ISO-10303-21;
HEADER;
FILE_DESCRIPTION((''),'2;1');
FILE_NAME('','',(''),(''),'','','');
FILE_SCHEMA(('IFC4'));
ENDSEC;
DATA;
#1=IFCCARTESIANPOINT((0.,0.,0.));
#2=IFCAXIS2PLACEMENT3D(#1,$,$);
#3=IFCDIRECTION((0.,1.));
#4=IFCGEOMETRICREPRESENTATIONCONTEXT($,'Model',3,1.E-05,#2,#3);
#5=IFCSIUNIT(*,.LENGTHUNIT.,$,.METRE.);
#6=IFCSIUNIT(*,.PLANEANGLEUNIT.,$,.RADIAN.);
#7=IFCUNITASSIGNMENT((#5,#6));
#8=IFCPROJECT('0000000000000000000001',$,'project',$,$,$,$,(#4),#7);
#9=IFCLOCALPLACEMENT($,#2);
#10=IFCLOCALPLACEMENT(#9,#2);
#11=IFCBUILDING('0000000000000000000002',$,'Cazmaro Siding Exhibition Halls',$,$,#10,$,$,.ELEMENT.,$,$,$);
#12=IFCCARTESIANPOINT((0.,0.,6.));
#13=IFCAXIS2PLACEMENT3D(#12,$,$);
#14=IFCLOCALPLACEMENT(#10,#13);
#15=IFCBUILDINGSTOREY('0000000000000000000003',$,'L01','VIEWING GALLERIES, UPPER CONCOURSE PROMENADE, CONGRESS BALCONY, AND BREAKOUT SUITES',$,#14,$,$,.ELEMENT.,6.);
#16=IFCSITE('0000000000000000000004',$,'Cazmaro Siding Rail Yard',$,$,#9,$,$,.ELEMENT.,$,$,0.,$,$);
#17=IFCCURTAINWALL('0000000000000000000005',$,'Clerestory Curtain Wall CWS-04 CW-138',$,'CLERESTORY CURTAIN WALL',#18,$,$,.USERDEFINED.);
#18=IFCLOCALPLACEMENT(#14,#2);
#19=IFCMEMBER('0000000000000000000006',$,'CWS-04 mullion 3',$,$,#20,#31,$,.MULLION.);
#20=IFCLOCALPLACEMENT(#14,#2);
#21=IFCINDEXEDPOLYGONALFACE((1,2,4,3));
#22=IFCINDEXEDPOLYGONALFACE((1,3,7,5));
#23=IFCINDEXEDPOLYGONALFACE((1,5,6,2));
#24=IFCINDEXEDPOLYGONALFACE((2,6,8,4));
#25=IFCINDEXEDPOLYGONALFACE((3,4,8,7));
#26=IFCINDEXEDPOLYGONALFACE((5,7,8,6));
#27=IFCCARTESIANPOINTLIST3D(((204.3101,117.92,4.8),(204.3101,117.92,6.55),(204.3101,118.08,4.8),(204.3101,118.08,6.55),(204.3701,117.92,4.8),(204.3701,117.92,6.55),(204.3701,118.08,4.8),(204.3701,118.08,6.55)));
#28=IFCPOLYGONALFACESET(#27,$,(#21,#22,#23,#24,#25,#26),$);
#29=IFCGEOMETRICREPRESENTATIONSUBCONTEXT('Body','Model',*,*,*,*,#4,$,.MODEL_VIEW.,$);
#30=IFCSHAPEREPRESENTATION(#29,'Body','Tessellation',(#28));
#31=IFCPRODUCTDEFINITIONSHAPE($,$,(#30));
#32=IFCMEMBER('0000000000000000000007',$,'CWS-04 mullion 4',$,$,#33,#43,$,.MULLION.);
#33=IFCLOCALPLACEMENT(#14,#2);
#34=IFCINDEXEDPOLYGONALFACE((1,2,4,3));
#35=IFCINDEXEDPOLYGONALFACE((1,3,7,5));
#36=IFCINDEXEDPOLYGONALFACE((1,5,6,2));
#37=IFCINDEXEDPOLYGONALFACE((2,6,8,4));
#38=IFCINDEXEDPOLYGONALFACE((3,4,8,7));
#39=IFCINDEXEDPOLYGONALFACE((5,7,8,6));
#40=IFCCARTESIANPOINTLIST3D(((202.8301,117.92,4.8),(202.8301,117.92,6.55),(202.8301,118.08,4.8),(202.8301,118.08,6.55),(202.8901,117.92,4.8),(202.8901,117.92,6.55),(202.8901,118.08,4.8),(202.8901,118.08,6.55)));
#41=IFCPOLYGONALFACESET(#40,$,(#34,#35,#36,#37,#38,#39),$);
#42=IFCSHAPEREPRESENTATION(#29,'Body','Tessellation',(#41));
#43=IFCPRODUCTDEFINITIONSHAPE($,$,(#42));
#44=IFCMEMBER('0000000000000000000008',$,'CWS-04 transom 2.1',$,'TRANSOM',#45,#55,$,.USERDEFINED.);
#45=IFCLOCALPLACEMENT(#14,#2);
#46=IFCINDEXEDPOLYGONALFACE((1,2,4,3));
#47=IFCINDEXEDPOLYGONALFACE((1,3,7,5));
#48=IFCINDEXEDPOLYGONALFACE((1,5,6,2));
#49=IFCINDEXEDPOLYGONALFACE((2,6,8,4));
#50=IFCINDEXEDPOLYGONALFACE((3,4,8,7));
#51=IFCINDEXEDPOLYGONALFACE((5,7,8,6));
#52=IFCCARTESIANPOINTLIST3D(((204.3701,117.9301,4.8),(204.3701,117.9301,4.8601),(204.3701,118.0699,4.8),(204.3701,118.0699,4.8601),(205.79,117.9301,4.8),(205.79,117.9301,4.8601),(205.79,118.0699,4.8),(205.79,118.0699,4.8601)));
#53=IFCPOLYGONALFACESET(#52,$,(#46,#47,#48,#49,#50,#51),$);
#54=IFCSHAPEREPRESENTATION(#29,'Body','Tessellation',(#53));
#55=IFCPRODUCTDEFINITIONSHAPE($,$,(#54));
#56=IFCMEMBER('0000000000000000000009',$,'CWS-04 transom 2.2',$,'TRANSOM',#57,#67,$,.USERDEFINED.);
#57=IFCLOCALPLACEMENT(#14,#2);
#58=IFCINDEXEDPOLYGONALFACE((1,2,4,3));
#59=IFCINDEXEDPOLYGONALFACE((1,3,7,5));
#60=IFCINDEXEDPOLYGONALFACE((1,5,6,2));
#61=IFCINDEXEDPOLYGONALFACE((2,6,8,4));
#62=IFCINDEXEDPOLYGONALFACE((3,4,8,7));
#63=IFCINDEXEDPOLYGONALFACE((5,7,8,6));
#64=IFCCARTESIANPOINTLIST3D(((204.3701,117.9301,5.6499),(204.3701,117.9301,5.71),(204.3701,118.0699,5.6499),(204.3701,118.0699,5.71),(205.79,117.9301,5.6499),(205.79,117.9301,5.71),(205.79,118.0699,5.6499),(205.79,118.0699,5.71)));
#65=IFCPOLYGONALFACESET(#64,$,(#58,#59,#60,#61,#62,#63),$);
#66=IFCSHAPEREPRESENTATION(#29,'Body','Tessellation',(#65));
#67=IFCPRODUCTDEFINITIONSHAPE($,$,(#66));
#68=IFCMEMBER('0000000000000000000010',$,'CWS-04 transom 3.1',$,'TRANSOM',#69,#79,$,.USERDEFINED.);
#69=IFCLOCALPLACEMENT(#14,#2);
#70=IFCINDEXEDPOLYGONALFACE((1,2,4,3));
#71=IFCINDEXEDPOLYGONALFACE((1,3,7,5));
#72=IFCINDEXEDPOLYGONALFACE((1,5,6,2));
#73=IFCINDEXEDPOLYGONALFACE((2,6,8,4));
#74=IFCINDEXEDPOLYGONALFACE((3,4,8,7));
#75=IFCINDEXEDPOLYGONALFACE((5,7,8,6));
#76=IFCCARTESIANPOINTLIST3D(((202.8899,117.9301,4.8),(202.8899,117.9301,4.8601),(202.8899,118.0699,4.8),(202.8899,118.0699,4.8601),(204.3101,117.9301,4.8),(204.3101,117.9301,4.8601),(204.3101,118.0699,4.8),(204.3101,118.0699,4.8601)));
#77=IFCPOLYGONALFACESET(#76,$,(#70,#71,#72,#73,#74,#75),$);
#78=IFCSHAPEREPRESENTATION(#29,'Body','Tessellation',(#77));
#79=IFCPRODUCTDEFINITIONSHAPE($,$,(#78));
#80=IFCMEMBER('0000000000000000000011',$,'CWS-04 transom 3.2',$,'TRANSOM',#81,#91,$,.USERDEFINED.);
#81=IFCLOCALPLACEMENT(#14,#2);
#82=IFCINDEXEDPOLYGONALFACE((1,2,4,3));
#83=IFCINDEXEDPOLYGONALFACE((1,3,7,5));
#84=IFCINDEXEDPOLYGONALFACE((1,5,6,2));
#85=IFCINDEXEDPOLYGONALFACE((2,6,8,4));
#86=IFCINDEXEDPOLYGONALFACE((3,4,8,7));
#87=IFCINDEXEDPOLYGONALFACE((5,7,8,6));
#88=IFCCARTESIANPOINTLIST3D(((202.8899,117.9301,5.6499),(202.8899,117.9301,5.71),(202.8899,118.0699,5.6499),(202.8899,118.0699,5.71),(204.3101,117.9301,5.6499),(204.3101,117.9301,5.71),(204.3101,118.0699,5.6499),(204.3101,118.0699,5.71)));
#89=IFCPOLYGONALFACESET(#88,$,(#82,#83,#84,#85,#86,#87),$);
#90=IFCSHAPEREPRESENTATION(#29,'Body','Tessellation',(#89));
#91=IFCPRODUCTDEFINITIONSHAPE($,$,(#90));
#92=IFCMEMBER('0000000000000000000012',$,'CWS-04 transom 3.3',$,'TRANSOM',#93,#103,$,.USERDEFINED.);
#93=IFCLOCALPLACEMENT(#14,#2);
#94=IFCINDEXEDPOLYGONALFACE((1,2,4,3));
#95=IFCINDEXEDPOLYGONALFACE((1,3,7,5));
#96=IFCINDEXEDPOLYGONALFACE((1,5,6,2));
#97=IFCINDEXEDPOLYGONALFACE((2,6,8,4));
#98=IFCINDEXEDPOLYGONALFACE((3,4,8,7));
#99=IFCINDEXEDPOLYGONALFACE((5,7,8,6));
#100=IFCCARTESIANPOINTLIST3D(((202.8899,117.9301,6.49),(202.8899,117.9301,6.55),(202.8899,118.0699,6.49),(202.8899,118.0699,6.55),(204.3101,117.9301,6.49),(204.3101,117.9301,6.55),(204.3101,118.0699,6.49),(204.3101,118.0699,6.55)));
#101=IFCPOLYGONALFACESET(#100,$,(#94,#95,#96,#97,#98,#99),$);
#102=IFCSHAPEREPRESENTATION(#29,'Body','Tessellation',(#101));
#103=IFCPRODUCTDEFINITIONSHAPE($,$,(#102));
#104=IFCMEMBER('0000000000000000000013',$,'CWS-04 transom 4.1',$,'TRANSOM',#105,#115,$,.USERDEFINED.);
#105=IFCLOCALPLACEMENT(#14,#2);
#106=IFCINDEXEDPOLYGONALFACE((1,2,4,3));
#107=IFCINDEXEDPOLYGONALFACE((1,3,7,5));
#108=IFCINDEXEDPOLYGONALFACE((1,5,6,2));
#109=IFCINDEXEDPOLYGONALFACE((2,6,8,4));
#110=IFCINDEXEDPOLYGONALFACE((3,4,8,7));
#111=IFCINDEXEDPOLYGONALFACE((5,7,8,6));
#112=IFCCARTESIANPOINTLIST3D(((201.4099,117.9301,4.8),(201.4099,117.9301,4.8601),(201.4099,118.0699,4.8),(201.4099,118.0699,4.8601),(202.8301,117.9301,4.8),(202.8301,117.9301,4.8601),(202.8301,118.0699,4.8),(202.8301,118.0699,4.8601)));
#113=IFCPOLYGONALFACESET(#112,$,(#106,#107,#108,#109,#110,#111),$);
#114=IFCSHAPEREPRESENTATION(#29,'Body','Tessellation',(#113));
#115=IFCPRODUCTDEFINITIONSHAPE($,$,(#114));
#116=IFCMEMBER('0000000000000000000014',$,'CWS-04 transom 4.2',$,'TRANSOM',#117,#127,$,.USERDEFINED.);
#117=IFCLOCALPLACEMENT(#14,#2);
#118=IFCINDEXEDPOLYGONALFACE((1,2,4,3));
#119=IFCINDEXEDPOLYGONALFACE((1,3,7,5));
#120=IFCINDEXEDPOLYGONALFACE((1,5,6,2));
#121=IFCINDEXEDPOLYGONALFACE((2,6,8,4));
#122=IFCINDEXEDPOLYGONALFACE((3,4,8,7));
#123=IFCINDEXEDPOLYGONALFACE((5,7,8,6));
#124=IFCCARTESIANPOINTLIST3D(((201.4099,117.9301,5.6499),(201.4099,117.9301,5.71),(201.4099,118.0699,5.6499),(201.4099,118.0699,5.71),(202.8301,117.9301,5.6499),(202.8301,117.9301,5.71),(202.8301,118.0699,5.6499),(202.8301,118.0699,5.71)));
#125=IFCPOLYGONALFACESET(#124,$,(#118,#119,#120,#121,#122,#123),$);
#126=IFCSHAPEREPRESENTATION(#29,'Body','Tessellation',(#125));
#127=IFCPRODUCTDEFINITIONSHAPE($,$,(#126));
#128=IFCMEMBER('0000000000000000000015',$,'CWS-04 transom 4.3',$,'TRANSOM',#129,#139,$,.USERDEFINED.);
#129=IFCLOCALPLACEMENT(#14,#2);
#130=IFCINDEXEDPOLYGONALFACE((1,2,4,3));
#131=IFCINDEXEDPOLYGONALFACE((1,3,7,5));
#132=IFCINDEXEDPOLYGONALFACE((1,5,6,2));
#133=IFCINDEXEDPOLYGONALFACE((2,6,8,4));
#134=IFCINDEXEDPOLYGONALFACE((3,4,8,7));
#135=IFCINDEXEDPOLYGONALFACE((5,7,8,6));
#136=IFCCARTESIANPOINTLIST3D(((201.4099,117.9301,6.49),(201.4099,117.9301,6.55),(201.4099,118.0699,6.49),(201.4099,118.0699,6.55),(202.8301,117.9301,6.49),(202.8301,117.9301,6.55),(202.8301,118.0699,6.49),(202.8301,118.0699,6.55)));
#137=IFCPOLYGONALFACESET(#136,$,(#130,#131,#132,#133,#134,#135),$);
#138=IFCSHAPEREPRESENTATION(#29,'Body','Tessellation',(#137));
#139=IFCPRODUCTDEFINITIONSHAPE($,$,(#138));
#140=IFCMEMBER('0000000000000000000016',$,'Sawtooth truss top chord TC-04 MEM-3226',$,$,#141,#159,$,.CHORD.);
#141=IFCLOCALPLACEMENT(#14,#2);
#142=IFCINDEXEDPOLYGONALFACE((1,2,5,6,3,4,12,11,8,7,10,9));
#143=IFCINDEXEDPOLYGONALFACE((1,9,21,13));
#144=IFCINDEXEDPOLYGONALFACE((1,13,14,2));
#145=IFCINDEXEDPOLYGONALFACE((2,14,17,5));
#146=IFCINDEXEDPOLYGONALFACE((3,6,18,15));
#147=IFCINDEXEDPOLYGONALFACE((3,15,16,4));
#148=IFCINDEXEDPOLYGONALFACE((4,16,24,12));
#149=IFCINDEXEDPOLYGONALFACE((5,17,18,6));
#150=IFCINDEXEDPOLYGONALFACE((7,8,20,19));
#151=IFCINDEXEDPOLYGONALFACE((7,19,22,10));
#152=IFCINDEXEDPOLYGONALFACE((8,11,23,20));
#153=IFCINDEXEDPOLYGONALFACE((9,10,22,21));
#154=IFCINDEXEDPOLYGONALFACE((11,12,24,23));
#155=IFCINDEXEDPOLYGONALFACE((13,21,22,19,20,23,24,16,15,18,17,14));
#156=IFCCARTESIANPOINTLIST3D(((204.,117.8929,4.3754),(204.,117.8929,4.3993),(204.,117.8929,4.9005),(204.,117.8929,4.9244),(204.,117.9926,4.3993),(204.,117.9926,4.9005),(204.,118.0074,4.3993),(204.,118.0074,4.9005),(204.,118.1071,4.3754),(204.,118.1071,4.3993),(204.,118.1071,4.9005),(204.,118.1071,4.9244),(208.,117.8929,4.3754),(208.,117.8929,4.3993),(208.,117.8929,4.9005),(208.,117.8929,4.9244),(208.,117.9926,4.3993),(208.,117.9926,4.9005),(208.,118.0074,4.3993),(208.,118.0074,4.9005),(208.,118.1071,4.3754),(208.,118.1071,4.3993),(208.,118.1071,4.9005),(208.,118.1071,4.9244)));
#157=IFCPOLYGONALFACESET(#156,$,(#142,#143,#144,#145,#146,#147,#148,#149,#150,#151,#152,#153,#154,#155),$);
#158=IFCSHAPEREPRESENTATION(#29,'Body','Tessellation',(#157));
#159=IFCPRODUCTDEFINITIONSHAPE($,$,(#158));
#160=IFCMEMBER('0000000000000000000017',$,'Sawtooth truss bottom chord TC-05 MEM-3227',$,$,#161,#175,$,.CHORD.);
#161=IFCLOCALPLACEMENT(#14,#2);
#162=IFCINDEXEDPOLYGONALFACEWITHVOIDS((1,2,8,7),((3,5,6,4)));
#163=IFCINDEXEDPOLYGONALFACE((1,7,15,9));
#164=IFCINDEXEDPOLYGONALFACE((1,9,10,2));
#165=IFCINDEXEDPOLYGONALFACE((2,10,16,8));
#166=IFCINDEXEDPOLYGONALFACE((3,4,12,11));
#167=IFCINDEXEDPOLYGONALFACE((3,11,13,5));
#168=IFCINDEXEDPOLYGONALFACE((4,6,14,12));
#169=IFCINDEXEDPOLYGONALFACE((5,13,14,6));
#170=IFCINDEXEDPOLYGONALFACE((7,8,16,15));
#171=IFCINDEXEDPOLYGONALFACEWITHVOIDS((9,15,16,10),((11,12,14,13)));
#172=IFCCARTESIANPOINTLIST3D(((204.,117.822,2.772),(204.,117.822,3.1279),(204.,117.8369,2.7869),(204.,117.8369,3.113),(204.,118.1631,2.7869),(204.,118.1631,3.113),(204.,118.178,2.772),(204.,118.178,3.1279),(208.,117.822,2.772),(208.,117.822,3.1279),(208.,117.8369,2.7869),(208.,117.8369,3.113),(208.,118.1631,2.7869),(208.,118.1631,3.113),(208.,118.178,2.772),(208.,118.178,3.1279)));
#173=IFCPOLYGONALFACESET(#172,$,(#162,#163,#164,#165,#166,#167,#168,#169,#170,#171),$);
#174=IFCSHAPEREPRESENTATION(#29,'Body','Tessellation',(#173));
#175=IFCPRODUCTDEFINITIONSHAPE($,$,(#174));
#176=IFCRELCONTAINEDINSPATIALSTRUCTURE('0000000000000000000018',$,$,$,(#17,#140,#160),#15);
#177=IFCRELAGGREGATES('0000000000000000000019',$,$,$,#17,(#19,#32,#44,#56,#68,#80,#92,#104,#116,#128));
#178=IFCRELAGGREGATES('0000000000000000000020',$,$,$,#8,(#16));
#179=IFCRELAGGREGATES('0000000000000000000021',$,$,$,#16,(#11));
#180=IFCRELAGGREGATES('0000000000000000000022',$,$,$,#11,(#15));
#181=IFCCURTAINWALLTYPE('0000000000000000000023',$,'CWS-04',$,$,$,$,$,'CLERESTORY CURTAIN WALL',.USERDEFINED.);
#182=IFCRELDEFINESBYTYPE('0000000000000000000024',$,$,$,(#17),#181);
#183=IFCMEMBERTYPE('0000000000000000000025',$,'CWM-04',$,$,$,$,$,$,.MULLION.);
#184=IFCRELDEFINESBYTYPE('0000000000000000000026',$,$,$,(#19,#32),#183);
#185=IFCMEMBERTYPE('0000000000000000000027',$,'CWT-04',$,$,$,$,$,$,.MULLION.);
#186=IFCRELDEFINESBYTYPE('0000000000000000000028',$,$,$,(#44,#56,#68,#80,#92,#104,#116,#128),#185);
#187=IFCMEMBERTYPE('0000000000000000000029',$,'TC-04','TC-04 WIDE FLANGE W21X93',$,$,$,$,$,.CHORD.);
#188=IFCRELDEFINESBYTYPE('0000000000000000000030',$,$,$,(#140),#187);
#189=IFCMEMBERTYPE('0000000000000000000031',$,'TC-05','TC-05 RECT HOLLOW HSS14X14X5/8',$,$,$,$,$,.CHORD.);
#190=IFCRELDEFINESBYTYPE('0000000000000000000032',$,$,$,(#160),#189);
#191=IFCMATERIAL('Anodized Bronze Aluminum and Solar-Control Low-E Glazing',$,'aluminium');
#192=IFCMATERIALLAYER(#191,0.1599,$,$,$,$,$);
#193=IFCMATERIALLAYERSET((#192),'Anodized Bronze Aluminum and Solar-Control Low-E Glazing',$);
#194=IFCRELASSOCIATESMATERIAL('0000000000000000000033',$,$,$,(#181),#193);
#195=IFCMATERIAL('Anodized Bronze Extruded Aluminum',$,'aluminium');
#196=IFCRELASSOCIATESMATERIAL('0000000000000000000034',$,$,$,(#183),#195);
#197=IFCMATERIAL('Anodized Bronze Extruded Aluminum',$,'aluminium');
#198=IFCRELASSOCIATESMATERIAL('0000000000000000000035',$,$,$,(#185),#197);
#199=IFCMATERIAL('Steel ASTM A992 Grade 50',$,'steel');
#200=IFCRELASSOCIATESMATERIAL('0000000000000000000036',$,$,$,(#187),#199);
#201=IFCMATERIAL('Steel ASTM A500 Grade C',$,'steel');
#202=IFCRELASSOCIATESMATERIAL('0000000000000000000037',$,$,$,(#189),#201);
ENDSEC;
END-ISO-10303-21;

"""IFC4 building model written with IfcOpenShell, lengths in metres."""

from ifc_helpers import new_model, si_unit, direction, frame, origin, origin_2d, place, context, subcontext, project, spatial, rectangle, hollow_rectangle, i_section, extrude, material, layer, layer_set, material_profile, profile_set, type_object, element, aggregate, save


model = new_model("IFC4")

# Units and contexts
model_context = context("Model", 3, precision=1e-05, world=origin(), true_north=direction((0.0, 1.0)))
body_context = subcontext(model_context, "Body", "Model", "MODEL_VIEW")
ifc_project = project(units=[si_unit("LENGTHUNIT", "METRE"), si_unit("PLANEANGLEUNIT", "RADIAN")], contexts=[model_context])

# Site, building, storey
site_placement = place(None, origin())
site = spatial("IfcSite", under=ifc_project, at=site_placement, Name="Cazmaro Siding Rail Yard", CompositionType="ELEMENT", RefElevation=0.0)
building_placement = place(site_placement, origin())
building = spatial("IfcBuilding", under=site, at=building_placement, Name="Cazmaro Siding Exhibition Halls", CompositionType="ELEMENT")
storey_placement = place(building_placement, frame((0.0, 0.0, 6.0)))
storey = spatial("IfcBuildingStorey", under=building, at=storey_placement, Name="L01", Description="VIEWING GALLERIES, UPPER CONCOURSE PROMENADE, CONGRESS BALCONY, AND BREAKOUT SUITES", CompositionType="ELEMENT", Elevation=6.0)

# Curtain wall, members
ifc_material_1 = material(Name="Anodized Bronze Aluminum and Solar-Control Low-E Glazing", Category="aluminium")
ifc_layer_1 = layer(ifc_material_1, 0.1599)
ifc_layer_set_1 = layer_set([ifc_layer_1], Name="Anodized Bronze Aluminum and Solar-Control Low-E Glazing")
curtain_wall_type = type_object("IfcCurtainWallType", Name="CWS-04", ElementType="CLERESTORY CURTAIN WALL", PredefinedType="USERDEFINED", material=ifc_layer_set_1)
curtain_wall_placement = place(storey_placement, origin())
curtain_wall = element("IfcCurtainWall", 1, at=curtain_wall_placement, inside=storey, type_object=curtain_wall_type, Name="Clerestory Curtain Wall CWS-04 CW-138", ObjectType="CLERESTORY CURTAIN WALL", PredefinedType="USERDEFINED")
ifc_material_2 = material(Name="Anodized Bronze Extruded Aluminum", Category="aluminium")
ifc_material_profile_1 = material_profile(ifc_material_2, rectangle(XDim=0.1599, YDim=0.0601, at=origin_2d()), Name="CWM-04")
ifc_profile_set_1 = profile_set([ifc_material_profile_1], Name="Anodized Bronze Extruded Aluminum")
member_type_1 = type_object("IfcMemberType", Name="CWM-04", PredefinedType="MULLION", material=ifc_profile_set_1)
member_1_placement = place(storey_placement, frame((204.3401, 118.0, 4.8), z_axis=(0.0, 0.0, 1.0), x_axis=(0.0, -1.0, 0.0)))
member_1 = element("IfcMember", 2, at=member_1_placement, type_object=member_type_1, Name="CWS-04 mullion 3", PredefinedType="MULLION", context=body_context, shape_type="SweptSolid", body=[
    extrude(rectangle(XDim=0.1599, YDim=0.0601, at=origin_2d()), origin(), (0.0, 0.0, 1.0), 1.75),
])
member_2_placement = place(storey_placement, frame((202.8601, 118.0, 4.8), z_axis=(0.0, 0.0, 1.0), x_axis=(0.0, -1.0, 0.0)))
member_2 = element("IfcMember", 3, at=member_2_placement, type_object=member_type_1, Name="CWS-04 mullion 4", PredefinedType="MULLION", context=body_context, shape_type="SweptSolid", body=[
    extrude(rectangle(XDim=0.1599, YDim=0.0601, at=origin_2d()), origin(), (0.0, 0.0, 1.0), 1.75),
])
ifc_material_3 = material(Name="Anodized Bronze Extruded Aluminum", Category="aluminium")
ifc_material_profile_2 = material_profile(ifc_material_3, rectangle(XDim=0.1399, YDim=0.0601, at=origin_2d()), Name="CWT-04")
ifc_profile_set_2 = profile_set([ifc_material_profile_2], Name="Anodized Bronze Extruded Aluminum")
member_type_2 = type_object("IfcMemberType", Name="CWT-04", PredefinedType="MULLION", material=ifc_profile_set_2)
member_3_placement = place(storey_placement, frame((205.79, 118.0, 4.8301), z_axis=(-1.0, 0.0, 0.0), x_axis=(0.0, -1.0, 0.0)))
member_3 = element("IfcMember", 4, at=member_3_placement, type_object=member_type_2, Name="CWS-04 transom 2.1", ObjectType="TRANSOM", PredefinedType="USERDEFINED", context=body_context, shape_type="SweptSolid", body=[
    extrude(rectangle(XDim=0.1399, YDim=0.0601, at=origin_2d()), origin(), (0.0, 0.0, 1.0), 1.4199),
])
member_4_placement = place(storey_placement, frame((205.79, 118.0, 5.6799), z_axis=(-1.0, 0.0, 0.0), x_axis=(0.0, -1.0, 0.0)))
member_4 = element("IfcMember", 5, at=member_4_placement, type_object=member_type_2, Name="CWS-04 transom 2.2", ObjectType="TRANSOM", PredefinedType="USERDEFINED", context=body_context, shape_type="SweptSolid", body=[
    extrude(rectangle(XDim=0.1399, YDim=0.0601, at=origin_2d()), origin(), (0.0, 0.0, 1.0), 1.4199),
])
member_5_placement = place(storey_placement, frame((204.3101, 118.0, 4.8301), z_axis=(-1.0, 0.0, 0.0), x_axis=(0.0, -1.0, 0.0)))
member_5 = element("IfcMember", 6, at=member_5_placement, type_object=member_type_2, Name="CWS-04 transom 3.1", ObjectType="TRANSOM", PredefinedType="USERDEFINED", context=body_context, shape_type="SweptSolid", body=[
    extrude(rectangle(XDim=0.1399, YDim=0.0601, at=origin_2d()), origin(), (0.0, 0.0, 1.0), 1.4202),
])
member_6_placement = place(storey_placement, frame((204.3101, 118.0, 5.6799), z_axis=(-1.0, 0.0, 0.0), x_axis=(0.0, -1.0, 0.0)))
member_6 = element("IfcMember", 7, at=member_6_placement, type_object=member_type_2, Name="CWS-04 transom 3.2", ObjectType="TRANSOM", PredefinedType="USERDEFINED", context=body_context, shape_type="SweptSolid", body=[
    extrude(rectangle(XDim=0.1399, YDim=0.0601, at=origin_2d()), origin(), (0.0, 0.0, 1.0), 1.4202),
])
member_7_placement = place(storey_placement, frame((204.3101, 118.0, 6.52), z_axis=(-1.0, 0.0, 0.0), x_axis=(0.0, -1.0, 0.0)))
member_7 = element("IfcMember", 8, at=member_7_placement, type_object=member_type_2, Name="CWS-04 transom 3.3", ObjectType="TRANSOM", PredefinedType="USERDEFINED", context=body_context, shape_type="SweptSolid", body=[
    extrude(rectangle(XDim=0.1399, YDim=0.0601, at=origin_2d()), origin(), (0.0, 0.0, 1.0), 1.4202),
])
member_8_placement = place(storey_placement, frame((202.8301, 118.0, 4.8301), z_axis=(-1.0, 0.0, 0.0), x_axis=(0.0, -1.0, 0.0)))
member_8 = element("IfcMember", 9, at=member_8_placement, type_object=member_type_2, Name="CWS-04 transom 4.1", ObjectType="TRANSOM", PredefinedType="USERDEFINED", context=body_context, shape_type="SweptSolid", body=[
    extrude(rectangle(XDim=0.1399, YDim=0.0601, at=origin_2d()), origin(), (0.0, 0.0, 1.0), 1.4202),
])
member_9_placement = place(storey_placement, frame((202.8301, 118.0, 5.6799), z_axis=(-1.0, 0.0, 0.0), x_axis=(0.0, -1.0, 0.0)))
member_9 = element("IfcMember", 10, at=member_9_placement, type_object=member_type_2, Name="CWS-04 transom 4.2", ObjectType="TRANSOM", PredefinedType="USERDEFINED", context=body_context, shape_type="SweptSolid", body=[
    extrude(rectangle(XDim=0.1399, YDim=0.0601, at=origin_2d()), origin(), (0.0, 0.0, 1.0), 1.4202),
])
member_10_placement = place(storey_placement, frame((202.8301, 118.0, 6.52), z_axis=(-1.0, 0.0, 0.0), x_axis=(0.0, -1.0, 0.0)))
member_10 = element("IfcMember", 11, at=member_10_placement, type_object=member_type_2, Name="CWS-04 transom 4.3", ObjectType="TRANSOM", PredefinedType="USERDEFINED", context=body_context, shape_type="SweptSolid", body=[
    extrude(rectangle(XDim=0.1399, YDim=0.0601, at=origin_2d()), origin(), (0.0, 0.0, 1.0), 1.4202),
])

# Members
ifc_material_4 = material(Name="Steel ASTM A992 Grade 50", Category="steel")
ifc_material_profile_3 = material_profile(ifc_material_4, i_section(OverallWidth=0.2141, OverallDepth=0.5491, WebThickness=0.0149, FlangeThickness=0.0239, at=origin_2d()), Name="W21X93")
ifc_profile_set_3 = profile_set([ifc_material_profile_3], Name="Steel ASTM A992 Grade 50")
member_type_3 = type_object("IfcMemberType", Name="TC-04", Description="TC-04 WIDE FLANGE W21X93", PredefinedType="CHORD", material=ifc_profile_set_3)
member_11_placement = place(storey_placement, frame((204.0, 118.0, 4.6499), z_axis=(1.0, 0.0, 0.0), x_axis=(0.0, 1.0, 0.0)))
element("IfcMember", 12, at=member_11_placement, inside=storey, type_object=member_type_3, Name="Sawtooth truss top chord TC-04 MEM-3226", PredefinedType="CHORD", context=body_context, shape_type="SweptSolid", body=[
    extrude(i_section(OverallWidth=0.2141, OverallDepth=0.5491, WebThickness=0.0149, FlangeThickness=0.0239, at=origin_2d()), origin(), (0.0, 0.0, 1.0), 4.0),
])
ifc_material_5 = material(Name="Steel ASTM A500 Grade C", Category="steel")
ifc_material_profile_4 = material_profile(ifc_material_5, hollow_rectangle(XDim=0.356, YDim=0.356, WallThickness=0.0149, at=origin_2d()), Name="HSS14X14X5/8")
ifc_profile_set_4 = profile_set([ifc_material_profile_4], Name="Steel ASTM A500 Grade C")
member_type_4 = type_object("IfcMemberType", Name="TC-05", Description="TC-05 RECT HOLLOW HSS14X14X5/8", PredefinedType="CHORD", material=ifc_profile_set_4)
member_12_placement = place(storey_placement, frame((204.0, 118.0, 2.95), z_axis=(1.0, 0.0, 0.0), x_axis=(0.0, 1.0, 0.0)))
element("IfcMember", 13, at=member_12_placement, inside=storey, type_object=member_type_4, Name="Sawtooth truss bottom chord TC-05 MEM-3227", PredefinedType="CHORD", context=body_context, shape_type="SweptSolid", body=[
    extrude(hollow_rectangle(XDim=0.356, YDim=0.356, WallThickness=0.0149, at=origin_2d()), origin(), (0.0, 0.0, 1.0), 4.0),
])

aggregate(curtain_wall, [member_1, member_2, member_3, member_4, member_5, member_6, member_7, member_8, member_9, member_10])

save(model, "model.ifc")
